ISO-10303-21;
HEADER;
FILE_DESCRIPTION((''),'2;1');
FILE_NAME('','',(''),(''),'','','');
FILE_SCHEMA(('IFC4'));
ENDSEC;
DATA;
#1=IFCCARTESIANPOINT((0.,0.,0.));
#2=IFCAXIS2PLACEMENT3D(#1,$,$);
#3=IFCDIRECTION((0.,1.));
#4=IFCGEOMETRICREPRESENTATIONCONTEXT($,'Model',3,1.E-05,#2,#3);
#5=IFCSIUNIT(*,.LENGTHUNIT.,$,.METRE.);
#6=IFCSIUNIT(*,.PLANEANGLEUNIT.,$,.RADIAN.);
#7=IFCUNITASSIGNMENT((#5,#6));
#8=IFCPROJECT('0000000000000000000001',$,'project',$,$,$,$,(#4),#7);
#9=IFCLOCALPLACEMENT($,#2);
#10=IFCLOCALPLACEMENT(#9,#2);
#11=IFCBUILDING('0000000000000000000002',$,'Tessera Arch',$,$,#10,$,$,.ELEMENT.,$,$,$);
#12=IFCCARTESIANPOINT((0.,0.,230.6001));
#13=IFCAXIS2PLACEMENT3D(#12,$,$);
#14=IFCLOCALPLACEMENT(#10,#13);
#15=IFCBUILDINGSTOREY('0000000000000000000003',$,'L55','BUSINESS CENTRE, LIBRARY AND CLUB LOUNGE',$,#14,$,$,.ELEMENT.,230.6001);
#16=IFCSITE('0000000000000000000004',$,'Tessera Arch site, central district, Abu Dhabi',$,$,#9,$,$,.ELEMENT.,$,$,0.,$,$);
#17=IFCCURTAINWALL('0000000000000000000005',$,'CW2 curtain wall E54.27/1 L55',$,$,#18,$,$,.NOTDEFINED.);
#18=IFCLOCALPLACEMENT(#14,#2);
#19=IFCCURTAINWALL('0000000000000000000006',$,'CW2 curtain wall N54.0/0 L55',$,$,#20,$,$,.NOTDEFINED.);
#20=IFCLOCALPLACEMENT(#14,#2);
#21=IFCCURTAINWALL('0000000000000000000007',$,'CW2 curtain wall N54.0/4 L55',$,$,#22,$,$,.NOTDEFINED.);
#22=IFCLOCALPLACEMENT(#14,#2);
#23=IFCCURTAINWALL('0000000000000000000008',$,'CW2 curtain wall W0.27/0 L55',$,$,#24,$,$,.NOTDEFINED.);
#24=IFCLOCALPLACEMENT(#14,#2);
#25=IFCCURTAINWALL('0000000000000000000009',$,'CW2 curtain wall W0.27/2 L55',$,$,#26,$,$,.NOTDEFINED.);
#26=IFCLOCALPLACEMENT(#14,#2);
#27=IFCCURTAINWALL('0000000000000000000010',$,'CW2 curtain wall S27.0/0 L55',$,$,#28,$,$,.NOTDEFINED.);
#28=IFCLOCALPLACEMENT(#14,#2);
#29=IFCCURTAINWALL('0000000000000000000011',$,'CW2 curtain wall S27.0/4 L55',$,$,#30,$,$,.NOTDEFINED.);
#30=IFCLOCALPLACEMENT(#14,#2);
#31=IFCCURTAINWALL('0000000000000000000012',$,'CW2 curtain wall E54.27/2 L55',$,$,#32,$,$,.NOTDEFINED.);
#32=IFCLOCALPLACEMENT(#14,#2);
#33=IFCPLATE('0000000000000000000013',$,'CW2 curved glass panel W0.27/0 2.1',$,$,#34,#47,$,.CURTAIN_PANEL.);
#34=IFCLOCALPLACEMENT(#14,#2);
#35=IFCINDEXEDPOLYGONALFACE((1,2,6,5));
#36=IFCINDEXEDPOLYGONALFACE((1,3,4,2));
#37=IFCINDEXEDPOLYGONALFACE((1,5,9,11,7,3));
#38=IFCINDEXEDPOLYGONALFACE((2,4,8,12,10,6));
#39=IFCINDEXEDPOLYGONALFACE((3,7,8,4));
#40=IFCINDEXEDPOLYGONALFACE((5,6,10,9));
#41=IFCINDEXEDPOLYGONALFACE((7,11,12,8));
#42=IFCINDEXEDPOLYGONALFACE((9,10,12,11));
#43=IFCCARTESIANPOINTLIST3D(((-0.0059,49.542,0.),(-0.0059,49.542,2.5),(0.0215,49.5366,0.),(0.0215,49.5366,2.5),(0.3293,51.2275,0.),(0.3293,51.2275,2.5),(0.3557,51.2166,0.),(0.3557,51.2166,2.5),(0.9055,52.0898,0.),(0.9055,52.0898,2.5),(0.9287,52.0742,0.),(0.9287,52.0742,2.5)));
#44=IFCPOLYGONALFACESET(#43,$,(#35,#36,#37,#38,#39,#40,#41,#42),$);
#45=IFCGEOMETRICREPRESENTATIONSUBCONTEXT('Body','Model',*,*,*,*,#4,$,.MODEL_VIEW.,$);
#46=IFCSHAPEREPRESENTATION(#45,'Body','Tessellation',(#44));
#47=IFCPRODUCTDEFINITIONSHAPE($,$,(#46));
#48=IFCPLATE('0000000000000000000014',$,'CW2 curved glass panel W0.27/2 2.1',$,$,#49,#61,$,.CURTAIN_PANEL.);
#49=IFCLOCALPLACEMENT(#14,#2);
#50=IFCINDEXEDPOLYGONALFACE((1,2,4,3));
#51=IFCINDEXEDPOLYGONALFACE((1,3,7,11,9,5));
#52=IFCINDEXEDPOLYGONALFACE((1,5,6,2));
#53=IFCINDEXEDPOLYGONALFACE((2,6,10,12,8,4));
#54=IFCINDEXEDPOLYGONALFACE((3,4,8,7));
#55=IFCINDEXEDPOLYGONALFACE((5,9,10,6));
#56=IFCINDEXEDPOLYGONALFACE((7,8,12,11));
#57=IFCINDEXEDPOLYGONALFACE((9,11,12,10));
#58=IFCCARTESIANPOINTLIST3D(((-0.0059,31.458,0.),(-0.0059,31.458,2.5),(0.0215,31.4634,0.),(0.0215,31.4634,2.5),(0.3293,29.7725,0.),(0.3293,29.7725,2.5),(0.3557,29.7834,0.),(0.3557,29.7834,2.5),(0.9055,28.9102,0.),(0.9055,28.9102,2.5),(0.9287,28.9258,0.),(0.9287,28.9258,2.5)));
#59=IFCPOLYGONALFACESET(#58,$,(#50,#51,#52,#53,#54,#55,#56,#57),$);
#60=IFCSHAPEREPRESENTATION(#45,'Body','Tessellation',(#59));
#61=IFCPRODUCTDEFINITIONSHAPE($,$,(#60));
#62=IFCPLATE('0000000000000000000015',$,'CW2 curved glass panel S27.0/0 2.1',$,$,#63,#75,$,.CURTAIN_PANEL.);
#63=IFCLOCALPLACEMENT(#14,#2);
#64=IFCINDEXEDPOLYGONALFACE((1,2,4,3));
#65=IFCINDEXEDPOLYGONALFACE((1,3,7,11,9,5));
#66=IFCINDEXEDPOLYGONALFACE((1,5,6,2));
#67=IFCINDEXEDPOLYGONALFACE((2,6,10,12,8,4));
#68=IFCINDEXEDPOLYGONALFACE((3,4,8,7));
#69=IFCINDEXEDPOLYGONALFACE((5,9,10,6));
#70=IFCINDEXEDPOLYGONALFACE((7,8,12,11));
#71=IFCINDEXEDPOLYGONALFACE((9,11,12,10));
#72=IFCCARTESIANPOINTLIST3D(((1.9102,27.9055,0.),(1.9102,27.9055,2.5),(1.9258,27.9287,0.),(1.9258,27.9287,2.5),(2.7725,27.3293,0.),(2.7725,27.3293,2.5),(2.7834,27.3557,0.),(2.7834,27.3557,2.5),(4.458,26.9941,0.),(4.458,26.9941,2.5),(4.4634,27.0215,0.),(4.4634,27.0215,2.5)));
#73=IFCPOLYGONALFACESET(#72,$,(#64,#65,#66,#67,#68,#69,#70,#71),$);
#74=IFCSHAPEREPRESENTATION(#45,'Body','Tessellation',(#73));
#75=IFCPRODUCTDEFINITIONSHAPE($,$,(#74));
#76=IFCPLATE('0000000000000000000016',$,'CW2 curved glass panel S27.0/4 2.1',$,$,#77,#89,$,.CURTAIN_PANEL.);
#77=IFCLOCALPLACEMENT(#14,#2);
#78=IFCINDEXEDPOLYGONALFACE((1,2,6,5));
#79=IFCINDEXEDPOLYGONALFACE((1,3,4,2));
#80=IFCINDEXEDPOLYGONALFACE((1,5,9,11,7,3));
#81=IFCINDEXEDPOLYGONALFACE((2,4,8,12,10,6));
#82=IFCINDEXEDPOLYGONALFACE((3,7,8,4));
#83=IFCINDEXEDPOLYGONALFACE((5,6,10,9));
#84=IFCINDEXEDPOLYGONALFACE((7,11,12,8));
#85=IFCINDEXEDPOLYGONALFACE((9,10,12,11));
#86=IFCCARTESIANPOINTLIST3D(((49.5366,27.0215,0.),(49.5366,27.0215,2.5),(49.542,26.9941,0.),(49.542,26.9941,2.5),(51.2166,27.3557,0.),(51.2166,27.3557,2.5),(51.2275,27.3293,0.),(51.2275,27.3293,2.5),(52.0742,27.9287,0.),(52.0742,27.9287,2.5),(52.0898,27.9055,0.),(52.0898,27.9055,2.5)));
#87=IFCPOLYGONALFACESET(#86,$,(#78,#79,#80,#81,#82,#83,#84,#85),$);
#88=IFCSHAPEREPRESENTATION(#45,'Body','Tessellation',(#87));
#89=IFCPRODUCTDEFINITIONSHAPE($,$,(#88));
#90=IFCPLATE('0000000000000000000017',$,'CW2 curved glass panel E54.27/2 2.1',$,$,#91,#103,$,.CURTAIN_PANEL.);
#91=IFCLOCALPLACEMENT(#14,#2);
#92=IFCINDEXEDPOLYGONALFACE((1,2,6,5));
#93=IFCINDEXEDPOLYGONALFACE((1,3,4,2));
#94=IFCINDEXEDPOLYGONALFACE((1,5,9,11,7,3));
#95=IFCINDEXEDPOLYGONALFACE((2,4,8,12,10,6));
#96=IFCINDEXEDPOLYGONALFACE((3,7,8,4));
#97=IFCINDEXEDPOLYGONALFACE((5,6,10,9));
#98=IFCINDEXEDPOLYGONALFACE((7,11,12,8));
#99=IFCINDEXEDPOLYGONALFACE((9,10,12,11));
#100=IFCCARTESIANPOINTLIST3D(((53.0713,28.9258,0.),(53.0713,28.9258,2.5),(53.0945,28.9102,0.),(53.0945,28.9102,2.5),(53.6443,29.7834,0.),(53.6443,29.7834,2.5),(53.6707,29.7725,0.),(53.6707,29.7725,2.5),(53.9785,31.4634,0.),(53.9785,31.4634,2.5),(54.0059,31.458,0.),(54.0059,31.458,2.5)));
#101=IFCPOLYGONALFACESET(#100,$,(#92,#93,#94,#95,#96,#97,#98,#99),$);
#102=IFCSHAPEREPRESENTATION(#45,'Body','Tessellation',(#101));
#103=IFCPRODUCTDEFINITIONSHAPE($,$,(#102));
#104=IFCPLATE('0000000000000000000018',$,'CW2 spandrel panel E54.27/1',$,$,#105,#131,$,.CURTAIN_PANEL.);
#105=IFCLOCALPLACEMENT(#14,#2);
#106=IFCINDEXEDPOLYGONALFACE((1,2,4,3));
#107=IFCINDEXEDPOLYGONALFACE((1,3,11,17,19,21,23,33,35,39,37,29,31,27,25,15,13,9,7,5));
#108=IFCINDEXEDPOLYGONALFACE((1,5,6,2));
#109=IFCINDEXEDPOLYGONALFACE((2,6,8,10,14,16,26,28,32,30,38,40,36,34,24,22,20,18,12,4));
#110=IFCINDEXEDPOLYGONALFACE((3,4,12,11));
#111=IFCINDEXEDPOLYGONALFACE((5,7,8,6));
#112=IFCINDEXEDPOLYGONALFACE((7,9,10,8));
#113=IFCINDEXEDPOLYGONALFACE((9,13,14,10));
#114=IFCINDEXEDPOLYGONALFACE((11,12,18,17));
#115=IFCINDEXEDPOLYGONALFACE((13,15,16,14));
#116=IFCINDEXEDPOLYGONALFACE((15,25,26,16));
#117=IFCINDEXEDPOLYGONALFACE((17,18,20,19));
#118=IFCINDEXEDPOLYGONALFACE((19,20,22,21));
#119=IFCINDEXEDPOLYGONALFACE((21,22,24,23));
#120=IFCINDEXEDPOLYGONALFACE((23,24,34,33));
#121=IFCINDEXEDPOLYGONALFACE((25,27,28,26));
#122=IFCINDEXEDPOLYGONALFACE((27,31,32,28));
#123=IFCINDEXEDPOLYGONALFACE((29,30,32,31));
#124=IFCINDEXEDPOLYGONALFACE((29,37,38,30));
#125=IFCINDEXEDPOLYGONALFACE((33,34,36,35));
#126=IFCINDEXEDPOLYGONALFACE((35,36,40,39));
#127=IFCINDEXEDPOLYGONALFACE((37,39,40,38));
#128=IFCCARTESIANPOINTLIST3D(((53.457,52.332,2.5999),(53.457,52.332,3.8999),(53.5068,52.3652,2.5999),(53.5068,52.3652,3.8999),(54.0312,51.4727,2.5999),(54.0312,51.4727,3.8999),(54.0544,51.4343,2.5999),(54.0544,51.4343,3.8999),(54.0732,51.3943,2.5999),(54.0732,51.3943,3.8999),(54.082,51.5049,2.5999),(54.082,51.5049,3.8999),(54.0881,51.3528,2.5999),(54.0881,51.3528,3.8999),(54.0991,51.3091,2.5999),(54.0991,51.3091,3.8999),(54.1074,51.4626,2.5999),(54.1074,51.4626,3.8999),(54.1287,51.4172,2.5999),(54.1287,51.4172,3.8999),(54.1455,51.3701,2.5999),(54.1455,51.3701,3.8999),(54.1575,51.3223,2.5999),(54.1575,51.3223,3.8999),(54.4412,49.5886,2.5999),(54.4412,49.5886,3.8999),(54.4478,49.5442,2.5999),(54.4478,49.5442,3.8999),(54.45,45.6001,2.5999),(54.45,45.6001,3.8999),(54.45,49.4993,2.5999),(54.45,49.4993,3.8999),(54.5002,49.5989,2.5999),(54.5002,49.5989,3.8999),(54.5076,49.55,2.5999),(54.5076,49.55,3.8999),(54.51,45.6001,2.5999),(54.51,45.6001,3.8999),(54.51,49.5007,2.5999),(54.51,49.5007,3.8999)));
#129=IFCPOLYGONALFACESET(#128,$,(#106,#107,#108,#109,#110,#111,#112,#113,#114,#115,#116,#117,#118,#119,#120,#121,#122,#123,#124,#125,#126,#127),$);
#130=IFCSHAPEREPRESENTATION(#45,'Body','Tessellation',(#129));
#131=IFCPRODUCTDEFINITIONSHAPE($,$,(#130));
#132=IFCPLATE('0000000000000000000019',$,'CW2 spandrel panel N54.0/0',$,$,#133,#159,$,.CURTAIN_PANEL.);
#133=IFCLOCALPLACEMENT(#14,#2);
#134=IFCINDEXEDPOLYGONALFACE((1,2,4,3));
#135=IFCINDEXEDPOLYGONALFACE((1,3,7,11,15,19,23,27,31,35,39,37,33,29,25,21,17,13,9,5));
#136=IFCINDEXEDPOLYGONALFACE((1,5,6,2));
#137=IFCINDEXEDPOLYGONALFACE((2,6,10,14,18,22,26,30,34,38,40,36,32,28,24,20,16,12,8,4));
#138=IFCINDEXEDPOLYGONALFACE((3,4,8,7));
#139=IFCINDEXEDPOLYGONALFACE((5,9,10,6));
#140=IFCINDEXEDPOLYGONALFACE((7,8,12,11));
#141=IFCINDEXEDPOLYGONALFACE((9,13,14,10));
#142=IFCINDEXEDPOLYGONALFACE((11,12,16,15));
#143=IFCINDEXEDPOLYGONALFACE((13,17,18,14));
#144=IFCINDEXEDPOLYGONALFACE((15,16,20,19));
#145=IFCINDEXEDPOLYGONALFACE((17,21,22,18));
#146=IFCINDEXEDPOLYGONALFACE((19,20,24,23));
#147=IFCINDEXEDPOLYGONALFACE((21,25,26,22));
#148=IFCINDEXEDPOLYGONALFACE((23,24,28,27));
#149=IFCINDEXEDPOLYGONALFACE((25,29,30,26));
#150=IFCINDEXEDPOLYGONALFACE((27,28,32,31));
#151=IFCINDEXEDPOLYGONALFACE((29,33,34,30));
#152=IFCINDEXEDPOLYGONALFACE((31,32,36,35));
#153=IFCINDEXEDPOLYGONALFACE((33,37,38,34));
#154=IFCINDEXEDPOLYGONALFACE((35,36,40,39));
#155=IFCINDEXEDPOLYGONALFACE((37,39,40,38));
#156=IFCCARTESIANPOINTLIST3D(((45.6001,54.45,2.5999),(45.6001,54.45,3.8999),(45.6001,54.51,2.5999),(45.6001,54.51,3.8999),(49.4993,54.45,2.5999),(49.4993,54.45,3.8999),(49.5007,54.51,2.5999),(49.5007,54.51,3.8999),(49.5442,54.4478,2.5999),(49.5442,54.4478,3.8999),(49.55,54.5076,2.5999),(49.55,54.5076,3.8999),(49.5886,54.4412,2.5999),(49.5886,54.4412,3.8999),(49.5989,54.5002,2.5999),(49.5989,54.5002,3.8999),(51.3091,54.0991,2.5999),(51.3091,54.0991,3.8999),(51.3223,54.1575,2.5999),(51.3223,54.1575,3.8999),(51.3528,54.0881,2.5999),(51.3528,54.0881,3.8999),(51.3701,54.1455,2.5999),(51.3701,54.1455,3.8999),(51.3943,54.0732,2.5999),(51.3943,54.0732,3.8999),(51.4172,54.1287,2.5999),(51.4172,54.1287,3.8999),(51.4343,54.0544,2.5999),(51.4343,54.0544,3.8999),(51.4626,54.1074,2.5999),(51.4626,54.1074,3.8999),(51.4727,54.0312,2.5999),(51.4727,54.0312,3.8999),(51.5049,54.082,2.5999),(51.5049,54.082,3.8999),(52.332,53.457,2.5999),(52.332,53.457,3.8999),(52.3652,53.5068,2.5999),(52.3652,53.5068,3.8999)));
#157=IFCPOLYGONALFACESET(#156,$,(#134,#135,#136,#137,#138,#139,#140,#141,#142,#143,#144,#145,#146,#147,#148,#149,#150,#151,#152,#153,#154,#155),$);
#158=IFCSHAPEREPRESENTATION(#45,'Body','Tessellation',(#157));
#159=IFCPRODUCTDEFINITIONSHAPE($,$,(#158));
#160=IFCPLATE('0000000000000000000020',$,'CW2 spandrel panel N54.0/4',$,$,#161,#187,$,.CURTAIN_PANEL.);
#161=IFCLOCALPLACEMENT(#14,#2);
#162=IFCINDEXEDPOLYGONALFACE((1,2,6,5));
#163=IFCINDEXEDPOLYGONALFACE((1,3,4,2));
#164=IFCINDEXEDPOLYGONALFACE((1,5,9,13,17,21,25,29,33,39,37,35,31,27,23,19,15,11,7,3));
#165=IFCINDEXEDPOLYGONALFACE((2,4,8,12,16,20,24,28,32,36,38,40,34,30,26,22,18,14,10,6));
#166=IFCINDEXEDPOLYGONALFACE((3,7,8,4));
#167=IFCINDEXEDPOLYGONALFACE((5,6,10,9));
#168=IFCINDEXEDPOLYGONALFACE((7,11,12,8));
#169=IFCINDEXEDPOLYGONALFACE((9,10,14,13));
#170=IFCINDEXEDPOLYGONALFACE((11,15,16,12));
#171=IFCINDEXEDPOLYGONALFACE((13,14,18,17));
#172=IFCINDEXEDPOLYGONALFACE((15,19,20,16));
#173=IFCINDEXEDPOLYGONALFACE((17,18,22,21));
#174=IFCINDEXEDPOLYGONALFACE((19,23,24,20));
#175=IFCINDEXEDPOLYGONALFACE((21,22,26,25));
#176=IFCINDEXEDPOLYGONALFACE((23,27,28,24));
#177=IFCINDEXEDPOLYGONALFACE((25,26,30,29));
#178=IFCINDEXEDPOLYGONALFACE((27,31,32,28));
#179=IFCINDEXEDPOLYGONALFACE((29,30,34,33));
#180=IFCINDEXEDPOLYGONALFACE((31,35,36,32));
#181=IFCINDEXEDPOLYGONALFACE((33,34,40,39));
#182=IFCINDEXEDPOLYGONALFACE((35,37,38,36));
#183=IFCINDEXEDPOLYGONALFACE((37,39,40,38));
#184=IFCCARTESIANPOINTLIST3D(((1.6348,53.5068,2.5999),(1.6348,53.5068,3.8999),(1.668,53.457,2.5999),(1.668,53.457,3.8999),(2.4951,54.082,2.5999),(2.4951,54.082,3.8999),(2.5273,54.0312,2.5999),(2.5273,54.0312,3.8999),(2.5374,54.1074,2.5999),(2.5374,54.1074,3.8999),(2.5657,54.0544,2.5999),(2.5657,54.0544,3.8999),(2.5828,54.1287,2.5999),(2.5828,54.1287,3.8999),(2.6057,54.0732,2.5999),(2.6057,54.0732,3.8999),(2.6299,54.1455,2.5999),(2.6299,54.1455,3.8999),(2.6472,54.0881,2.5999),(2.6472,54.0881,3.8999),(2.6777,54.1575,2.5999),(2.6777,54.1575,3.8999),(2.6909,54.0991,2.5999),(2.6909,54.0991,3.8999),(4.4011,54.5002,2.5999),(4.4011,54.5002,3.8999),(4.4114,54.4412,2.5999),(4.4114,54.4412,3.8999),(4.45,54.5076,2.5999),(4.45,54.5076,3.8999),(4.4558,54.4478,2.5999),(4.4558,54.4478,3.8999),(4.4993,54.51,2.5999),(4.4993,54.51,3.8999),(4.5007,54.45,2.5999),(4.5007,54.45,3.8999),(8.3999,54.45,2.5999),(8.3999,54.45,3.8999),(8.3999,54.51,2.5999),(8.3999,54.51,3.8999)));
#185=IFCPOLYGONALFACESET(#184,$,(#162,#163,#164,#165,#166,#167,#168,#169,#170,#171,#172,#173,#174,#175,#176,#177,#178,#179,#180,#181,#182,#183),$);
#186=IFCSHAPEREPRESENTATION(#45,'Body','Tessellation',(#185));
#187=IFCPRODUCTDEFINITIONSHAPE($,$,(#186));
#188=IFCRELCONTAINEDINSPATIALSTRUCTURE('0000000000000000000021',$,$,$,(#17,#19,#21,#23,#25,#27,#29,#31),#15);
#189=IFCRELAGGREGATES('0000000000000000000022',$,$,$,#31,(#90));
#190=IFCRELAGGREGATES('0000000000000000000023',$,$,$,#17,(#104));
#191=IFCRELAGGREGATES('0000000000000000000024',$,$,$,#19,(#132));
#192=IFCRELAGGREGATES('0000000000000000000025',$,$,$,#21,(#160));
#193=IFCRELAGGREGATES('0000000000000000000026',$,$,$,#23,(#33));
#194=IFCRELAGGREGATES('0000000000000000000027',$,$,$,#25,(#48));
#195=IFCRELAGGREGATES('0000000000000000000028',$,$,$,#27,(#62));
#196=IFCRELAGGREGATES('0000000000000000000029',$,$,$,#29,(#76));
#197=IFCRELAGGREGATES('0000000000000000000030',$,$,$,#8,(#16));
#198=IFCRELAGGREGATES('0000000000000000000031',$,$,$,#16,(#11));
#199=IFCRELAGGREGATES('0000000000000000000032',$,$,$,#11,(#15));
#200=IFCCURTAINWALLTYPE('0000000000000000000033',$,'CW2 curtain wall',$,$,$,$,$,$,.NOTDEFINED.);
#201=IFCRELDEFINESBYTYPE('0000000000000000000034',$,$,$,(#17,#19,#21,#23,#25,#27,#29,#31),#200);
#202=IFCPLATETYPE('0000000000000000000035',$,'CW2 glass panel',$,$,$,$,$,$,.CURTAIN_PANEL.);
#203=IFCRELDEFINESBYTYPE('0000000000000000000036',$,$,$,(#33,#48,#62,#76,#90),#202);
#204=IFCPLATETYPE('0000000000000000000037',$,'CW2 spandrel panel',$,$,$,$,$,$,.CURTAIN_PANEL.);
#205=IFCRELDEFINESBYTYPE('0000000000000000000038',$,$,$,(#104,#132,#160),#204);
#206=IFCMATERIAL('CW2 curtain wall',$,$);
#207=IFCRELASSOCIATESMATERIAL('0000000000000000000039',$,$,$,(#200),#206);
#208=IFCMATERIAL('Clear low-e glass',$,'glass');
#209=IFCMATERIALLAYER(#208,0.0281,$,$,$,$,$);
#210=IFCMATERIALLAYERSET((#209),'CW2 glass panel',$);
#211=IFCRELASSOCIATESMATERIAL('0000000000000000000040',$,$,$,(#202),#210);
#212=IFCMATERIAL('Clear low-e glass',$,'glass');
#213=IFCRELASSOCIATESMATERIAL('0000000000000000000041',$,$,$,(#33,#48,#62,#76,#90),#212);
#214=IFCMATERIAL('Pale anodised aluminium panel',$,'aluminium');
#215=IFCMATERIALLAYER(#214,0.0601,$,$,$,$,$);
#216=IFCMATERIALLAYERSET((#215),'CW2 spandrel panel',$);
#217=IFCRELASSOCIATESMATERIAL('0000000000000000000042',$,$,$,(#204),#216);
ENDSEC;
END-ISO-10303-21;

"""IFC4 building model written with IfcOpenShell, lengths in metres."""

from ifc_helpers import new_model, si_unit, direction, frame, origin, place, context, subcontext, project, spatial, polyline, outline, extrude, material, layer, layer_set, type_object, element, aggregate, save


model = new_model("IFC4")

# Units and contexts
model_context = context("Model", 3, precision=1e-05, world=origin(), true_north=direction((0.0, 1.0)))
body_context = subcontext(model_context, "Body", "Model", "MODEL_VIEW")
ifc_project = project(units=[si_unit("LENGTHUNIT", "METRE"), si_unit("PLANEANGLEUNIT", "RADIAN")], contexts=[model_context])

# Site, building, storey
site_placement = place(None, origin())
site = spatial("IfcSite", under=ifc_project, at=site_placement, Name="Tessera Arch site, central district, Abu Dhabi", CompositionType="ELEMENT", RefElevation=0.0)
building_placement = place(site_placement, origin())
building = spatial("IfcBuilding", under=site, at=building_placement, Name="Tessera Arch", CompositionType="ELEMENT")
storey_placement = place(building_placement, frame((0.0, 0.0, 230.6001)))
storey = spatial("IfcBuildingStorey", under=building, at=storey_placement, Name="L55", Description="BUSINESS CENTRE, LIBRARY AND CLUB LOUNGE", CompositionType="ELEMENT", Elevation=230.6001)

# Curtain walls
ifc_material_1 = material(Name="CW2 curtain wall")
curtain_wall_type = type_object("IfcCurtainWallType", Name="CW2 curtain wall", PredefinedType="NOTDEFINED", material=ifc_material_1)
curtain_wall_1_placement = place(storey_placement, origin())
curtain_wall_1 = element("IfcCurtainWall", 1, at=curtain_wall_1_placement, inside=storey, type_object=curtain_wall_type, Name="CW2 curtain wall E54.27/1 L55", PredefinedType="NOTDEFINED")
curtain_wall_2_placement = place(storey_placement, origin())
curtain_wall_2 = element("IfcCurtainWall", 2, at=curtain_wall_2_placement, inside=storey, type_object=curtain_wall_type, Name="CW2 curtain wall N54.0/0 L55", PredefinedType="NOTDEFINED")
curtain_wall_3_placement = place(storey_placement, origin())
curtain_wall_3 = element("IfcCurtainWall", 3, at=curtain_wall_3_placement, inside=storey, type_object=curtain_wall_type, Name="CW2 curtain wall N54.0/4 L55", PredefinedType="NOTDEFINED")
curtain_wall_4_placement = place(storey_placement, origin())
curtain_wall_4 = element("IfcCurtainWall", 4, at=curtain_wall_4_placement, inside=storey, type_object=curtain_wall_type, Name="CW2 curtain wall W0.27/0 L55", PredefinedType="NOTDEFINED")
curtain_wall_5_placement = place(storey_placement, origin())
curtain_wall_5 = element("IfcCurtainWall", 5, at=curtain_wall_5_placement, inside=storey, type_object=curtain_wall_type, Name="CW2 curtain wall W0.27/2 L55", PredefinedType="NOTDEFINED")
curtain_wall_6_placement = place(storey_placement, origin())
curtain_wall_6 = element("IfcCurtainWall", 6, at=curtain_wall_6_placement, inside=storey, type_object=curtain_wall_type, Name="CW2 curtain wall S27.0/0 L55", PredefinedType="NOTDEFINED")
curtain_wall_7_placement = place(storey_placement, origin())
curtain_wall_7 = element("IfcCurtainWall", 7, at=curtain_wall_7_placement, inside=storey, type_object=curtain_wall_type, Name="CW2 curtain wall S27.0/4 L55", PredefinedType="NOTDEFINED")
curtain_wall_8_placement = place(storey_placement, origin())
curtain_wall_8 = element("IfcCurtainWall", 8, at=curtain_wall_8_placement, inside=storey, type_object=curtain_wall_type, Name="CW2 curtain wall E54.27/2 L55", PredefinedType="NOTDEFINED")

# Plates
ifc_material_2 = material(Name="Clear low-e glass", Category="glass")
ifc_material_3 = material(Name="Clear low-e glass", Category="glass")
ifc_layer_1 = layer(ifc_material_3, 0.0281)
ifc_layer_set_1 = layer_set([ifc_layer_1], Name="CW2 glass panel")
plate_type_1 = type_object("IfcPlateType", Name="CW2 glass panel", PredefinedType="CURTAIN_PANEL", material=ifc_layer_set_1)
plate_1_placement = place(storey_placement, origin())
plate_1 = element("IfcPlate", 9, at=plate_1_placement, type_object=plate_type_1, material=ifc_material_2, Name="CW2 curved glass panel W0.27/0 2.1", PredefinedType="CURTAIN_PANEL", context=body_context, shape_type="SweptSolid", body=[
    extrude(outline(polyline([(0.3557, 51.2166), (0.9287, 52.0742), (0.9055, 52.0898), (0.3293, 51.2275), (-0.0059, 49.542), (0.0215, 49.5366), (0.3557, 51.2166)])), origin(), (0.0, 0.0, 1.0), 2.5),
])
plate_2_placement = place(storey_placement, origin())
plate_2 = element("IfcPlate", 10, at=plate_2_placement, type_object=plate_type_1, material=ifc_material_2, Name="CW2 curved glass panel W0.27/2 2.1", PredefinedType="CURTAIN_PANEL", context=body_context, shape_type="SweptSolid", body=[
    extrude(outline(polyline([(0.3557, 29.7834), (0.0215, 31.4634), (-0.0059, 31.458), (0.3293, 29.7725), (0.9055, 28.9102), (0.9287, 28.9258), (0.3557, 29.7834)])), origin(), (0.0, 0.0, 1.0), 2.5),
])
plate_3_placement = place(storey_placement, origin())
plate_3 = element("IfcPlate", 11, at=plate_3_placement, type_object=plate_type_1, material=ifc_material_2, Name="CW2 curved glass panel S27.0/0 2.1", PredefinedType="CURTAIN_PANEL", context=body_context, shape_type="SweptSolid", body=[
    extrude(outline(polyline([(2.7834, 27.3557), (1.9258, 27.9287), (1.9102, 27.9055), (2.7725, 27.3293), (4.458, 26.9941), (4.4634, 27.0215), (2.7834, 27.3557)])), origin(), (0.0, 0.0, 1.0), 2.5),
])
plate_4_placement = place(storey_placement, origin())
plate_4 = element("IfcPlate", 12, at=plate_4_placement, type_object=plate_type_1, material=ifc_material_2, Name="CW2 curved glass panel S27.0/4 2.1", PredefinedType="CURTAIN_PANEL", context=body_context, shape_type="SweptSolid", body=[
    extrude(outline(polyline([(51.2166, 27.3557), (49.5366, 27.0215), (49.542, 26.9941), (51.2275, 27.3293), (52.0898, 27.9055), (52.0742, 27.9287), (51.2166, 27.3557)])), origin(), (0.0, 0.0, 1.0), 2.5),
])
plate_5_placement = place(storey_placement, origin())
plate_5 = element("IfcPlate", 13, at=plate_5_placement, type_object=plate_type_1, material=ifc_material_2, Name="CW2 curved glass panel E54.27/2 2.1", PredefinedType="CURTAIN_PANEL", context=body_context, shape_type="SweptSolid", body=[
    extrude(outline(polyline([(53.6443, 29.7834), (53.0713, 28.9258), (53.0945, 28.9102), (53.6707, 29.7725), (54.0059, 31.458), (53.9785, 31.4634), (53.6443, 29.7834)])), origin(), (0.0, 0.0, 1.0), 2.5),
])
aggregate(curtain_wall_8, [plate_5])
ifc_material_4 = material(Name="Pale anodised aluminium panel", Category="aluminium")
ifc_layer_2 = layer(ifc_material_4, 0.0601)
ifc_layer_set_2 = layer_set([ifc_layer_2], Name="CW2 spandrel panel")
plate_type_2 = type_object("IfcPlateType", Name="CW2 spandrel panel", PredefinedType="CURTAIN_PANEL", material=ifc_layer_set_2)
plate_6_placement = place(storey_placement, frame((0.0, 0.0, 2.5999)))
plate_6 = element("IfcPlate", 14, at=plate_6_placement, type_object=plate_type_2, Name="CW2 spandrel panel E54.27/1", PredefinedType="CURTAIN_PANEL", context=body_context, shape_type="SweptSolid", body=[
    extrude(outline(polyline([(54.45, 49.4993), (54.45, 45.6001), (54.51, 45.6001), (54.51, 49.5007), (54.5076, 49.55), (54.5002, 49.5989), (54.1575, 51.3223), (54.1455, 51.3701), (54.1287, 51.4172), (54.1074, 51.4626), (54.082, 51.5049), (53.5068, 52.3652), (53.457, 52.332), (54.0312, 51.4727), (54.0544, 51.4343), (54.0732, 51.3943), (54.0881, 51.3528), (54.0991, 51.3091), (54.4412, 49.5886), (54.4478, 49.5442), (54.45, 49.4993)])), origin(), (0.0, 0.0, 1.0), 1.3),
])
aggregate(curtain_wall_1, [plate_6])
plate_7_placement = place(storey_placement, frame((0.0, 0.0, 2.5999)))
plate_7 = element("IfcPlate", 15, at=plate_7_placement, type_object=plate_type_2, Name="CW2 spandrel panel N54.0/0", PredefinedType="CURTAIN_PANEL", context=body_context, shape_type="SweptSolid", body=[
    extrude(outline(polyline([(51.4727, 54.0312), (52.332, 53.457), (52.3652, 53.5068), (51.5049, 54.082), (51.4626, 54.1074), (51.4172, 54.1287), (51.3701, 54.1455), (51.3223, 54.1575), (49.5989, 54.5002), (49.55, 54.5076), (49.5007, 54.51), (45.6001, 54.51), (45.6001, 54.45), (49.4993, 54.45), (49.5442, 54.4478), (49.5886, 54.4412), (51.3091, 54.0991), (51.3528, 54.0881), (51.3943, 54.0732), (51.4343, 54.0544), (51.4727, 54.0312)])), origin(), (0.0, 0.0, 1.0), 1.3),
])
aggregate(curtain_wall_2, [plate_7])
plate_8_placement = place(storey_placement, frame((0.0, 0.0, 2.5999)))
plate_8 = element("IfcPlate", 16, at=plate_8_placement, type_object=plate_type_2, Name="CW2 spandrel panel N54.0/4", PredefinedType="CURTAIN_PANEL", context=body_context, shape_type="SweptSolid", body=[
    extrude(outline(polyline([(4.5007, 54.45), (8.3999, 54.45), (8.3999, 54.51), (4.4993, 54.51), (4.45, 54.5076), (4.4011, 54.5002), (2.6777, 54.1575), (2.6299, 54.1455), (2.5828, 54.1287), (2.5374, 54.1074), (2.4951, 54.082), (1.6348, 53.5068), (1.668, 53.457), (2.5273, 54.0312), (2.5657, 54.0544), (2.6057, 54.0732), (2.6472, 54.0881), (2.6909, 54.0991), (4.4114, 54.4412), (4.4558, 54.4478), (4.5007, 54.45)])), origin(), (0.0, 0.0, 1.0), 1.3),
])
aggregate(curtain_wall_3, [plate_8])
aggregate(curtain_wall_4, [plate_1])
aggregate(curtain_wall_5, [plate_2])
aggregate(curtain_wall_6, [plate_3])
aggregate(curtain_wall_7, [plate_4])

save(model, "model.ifc")
